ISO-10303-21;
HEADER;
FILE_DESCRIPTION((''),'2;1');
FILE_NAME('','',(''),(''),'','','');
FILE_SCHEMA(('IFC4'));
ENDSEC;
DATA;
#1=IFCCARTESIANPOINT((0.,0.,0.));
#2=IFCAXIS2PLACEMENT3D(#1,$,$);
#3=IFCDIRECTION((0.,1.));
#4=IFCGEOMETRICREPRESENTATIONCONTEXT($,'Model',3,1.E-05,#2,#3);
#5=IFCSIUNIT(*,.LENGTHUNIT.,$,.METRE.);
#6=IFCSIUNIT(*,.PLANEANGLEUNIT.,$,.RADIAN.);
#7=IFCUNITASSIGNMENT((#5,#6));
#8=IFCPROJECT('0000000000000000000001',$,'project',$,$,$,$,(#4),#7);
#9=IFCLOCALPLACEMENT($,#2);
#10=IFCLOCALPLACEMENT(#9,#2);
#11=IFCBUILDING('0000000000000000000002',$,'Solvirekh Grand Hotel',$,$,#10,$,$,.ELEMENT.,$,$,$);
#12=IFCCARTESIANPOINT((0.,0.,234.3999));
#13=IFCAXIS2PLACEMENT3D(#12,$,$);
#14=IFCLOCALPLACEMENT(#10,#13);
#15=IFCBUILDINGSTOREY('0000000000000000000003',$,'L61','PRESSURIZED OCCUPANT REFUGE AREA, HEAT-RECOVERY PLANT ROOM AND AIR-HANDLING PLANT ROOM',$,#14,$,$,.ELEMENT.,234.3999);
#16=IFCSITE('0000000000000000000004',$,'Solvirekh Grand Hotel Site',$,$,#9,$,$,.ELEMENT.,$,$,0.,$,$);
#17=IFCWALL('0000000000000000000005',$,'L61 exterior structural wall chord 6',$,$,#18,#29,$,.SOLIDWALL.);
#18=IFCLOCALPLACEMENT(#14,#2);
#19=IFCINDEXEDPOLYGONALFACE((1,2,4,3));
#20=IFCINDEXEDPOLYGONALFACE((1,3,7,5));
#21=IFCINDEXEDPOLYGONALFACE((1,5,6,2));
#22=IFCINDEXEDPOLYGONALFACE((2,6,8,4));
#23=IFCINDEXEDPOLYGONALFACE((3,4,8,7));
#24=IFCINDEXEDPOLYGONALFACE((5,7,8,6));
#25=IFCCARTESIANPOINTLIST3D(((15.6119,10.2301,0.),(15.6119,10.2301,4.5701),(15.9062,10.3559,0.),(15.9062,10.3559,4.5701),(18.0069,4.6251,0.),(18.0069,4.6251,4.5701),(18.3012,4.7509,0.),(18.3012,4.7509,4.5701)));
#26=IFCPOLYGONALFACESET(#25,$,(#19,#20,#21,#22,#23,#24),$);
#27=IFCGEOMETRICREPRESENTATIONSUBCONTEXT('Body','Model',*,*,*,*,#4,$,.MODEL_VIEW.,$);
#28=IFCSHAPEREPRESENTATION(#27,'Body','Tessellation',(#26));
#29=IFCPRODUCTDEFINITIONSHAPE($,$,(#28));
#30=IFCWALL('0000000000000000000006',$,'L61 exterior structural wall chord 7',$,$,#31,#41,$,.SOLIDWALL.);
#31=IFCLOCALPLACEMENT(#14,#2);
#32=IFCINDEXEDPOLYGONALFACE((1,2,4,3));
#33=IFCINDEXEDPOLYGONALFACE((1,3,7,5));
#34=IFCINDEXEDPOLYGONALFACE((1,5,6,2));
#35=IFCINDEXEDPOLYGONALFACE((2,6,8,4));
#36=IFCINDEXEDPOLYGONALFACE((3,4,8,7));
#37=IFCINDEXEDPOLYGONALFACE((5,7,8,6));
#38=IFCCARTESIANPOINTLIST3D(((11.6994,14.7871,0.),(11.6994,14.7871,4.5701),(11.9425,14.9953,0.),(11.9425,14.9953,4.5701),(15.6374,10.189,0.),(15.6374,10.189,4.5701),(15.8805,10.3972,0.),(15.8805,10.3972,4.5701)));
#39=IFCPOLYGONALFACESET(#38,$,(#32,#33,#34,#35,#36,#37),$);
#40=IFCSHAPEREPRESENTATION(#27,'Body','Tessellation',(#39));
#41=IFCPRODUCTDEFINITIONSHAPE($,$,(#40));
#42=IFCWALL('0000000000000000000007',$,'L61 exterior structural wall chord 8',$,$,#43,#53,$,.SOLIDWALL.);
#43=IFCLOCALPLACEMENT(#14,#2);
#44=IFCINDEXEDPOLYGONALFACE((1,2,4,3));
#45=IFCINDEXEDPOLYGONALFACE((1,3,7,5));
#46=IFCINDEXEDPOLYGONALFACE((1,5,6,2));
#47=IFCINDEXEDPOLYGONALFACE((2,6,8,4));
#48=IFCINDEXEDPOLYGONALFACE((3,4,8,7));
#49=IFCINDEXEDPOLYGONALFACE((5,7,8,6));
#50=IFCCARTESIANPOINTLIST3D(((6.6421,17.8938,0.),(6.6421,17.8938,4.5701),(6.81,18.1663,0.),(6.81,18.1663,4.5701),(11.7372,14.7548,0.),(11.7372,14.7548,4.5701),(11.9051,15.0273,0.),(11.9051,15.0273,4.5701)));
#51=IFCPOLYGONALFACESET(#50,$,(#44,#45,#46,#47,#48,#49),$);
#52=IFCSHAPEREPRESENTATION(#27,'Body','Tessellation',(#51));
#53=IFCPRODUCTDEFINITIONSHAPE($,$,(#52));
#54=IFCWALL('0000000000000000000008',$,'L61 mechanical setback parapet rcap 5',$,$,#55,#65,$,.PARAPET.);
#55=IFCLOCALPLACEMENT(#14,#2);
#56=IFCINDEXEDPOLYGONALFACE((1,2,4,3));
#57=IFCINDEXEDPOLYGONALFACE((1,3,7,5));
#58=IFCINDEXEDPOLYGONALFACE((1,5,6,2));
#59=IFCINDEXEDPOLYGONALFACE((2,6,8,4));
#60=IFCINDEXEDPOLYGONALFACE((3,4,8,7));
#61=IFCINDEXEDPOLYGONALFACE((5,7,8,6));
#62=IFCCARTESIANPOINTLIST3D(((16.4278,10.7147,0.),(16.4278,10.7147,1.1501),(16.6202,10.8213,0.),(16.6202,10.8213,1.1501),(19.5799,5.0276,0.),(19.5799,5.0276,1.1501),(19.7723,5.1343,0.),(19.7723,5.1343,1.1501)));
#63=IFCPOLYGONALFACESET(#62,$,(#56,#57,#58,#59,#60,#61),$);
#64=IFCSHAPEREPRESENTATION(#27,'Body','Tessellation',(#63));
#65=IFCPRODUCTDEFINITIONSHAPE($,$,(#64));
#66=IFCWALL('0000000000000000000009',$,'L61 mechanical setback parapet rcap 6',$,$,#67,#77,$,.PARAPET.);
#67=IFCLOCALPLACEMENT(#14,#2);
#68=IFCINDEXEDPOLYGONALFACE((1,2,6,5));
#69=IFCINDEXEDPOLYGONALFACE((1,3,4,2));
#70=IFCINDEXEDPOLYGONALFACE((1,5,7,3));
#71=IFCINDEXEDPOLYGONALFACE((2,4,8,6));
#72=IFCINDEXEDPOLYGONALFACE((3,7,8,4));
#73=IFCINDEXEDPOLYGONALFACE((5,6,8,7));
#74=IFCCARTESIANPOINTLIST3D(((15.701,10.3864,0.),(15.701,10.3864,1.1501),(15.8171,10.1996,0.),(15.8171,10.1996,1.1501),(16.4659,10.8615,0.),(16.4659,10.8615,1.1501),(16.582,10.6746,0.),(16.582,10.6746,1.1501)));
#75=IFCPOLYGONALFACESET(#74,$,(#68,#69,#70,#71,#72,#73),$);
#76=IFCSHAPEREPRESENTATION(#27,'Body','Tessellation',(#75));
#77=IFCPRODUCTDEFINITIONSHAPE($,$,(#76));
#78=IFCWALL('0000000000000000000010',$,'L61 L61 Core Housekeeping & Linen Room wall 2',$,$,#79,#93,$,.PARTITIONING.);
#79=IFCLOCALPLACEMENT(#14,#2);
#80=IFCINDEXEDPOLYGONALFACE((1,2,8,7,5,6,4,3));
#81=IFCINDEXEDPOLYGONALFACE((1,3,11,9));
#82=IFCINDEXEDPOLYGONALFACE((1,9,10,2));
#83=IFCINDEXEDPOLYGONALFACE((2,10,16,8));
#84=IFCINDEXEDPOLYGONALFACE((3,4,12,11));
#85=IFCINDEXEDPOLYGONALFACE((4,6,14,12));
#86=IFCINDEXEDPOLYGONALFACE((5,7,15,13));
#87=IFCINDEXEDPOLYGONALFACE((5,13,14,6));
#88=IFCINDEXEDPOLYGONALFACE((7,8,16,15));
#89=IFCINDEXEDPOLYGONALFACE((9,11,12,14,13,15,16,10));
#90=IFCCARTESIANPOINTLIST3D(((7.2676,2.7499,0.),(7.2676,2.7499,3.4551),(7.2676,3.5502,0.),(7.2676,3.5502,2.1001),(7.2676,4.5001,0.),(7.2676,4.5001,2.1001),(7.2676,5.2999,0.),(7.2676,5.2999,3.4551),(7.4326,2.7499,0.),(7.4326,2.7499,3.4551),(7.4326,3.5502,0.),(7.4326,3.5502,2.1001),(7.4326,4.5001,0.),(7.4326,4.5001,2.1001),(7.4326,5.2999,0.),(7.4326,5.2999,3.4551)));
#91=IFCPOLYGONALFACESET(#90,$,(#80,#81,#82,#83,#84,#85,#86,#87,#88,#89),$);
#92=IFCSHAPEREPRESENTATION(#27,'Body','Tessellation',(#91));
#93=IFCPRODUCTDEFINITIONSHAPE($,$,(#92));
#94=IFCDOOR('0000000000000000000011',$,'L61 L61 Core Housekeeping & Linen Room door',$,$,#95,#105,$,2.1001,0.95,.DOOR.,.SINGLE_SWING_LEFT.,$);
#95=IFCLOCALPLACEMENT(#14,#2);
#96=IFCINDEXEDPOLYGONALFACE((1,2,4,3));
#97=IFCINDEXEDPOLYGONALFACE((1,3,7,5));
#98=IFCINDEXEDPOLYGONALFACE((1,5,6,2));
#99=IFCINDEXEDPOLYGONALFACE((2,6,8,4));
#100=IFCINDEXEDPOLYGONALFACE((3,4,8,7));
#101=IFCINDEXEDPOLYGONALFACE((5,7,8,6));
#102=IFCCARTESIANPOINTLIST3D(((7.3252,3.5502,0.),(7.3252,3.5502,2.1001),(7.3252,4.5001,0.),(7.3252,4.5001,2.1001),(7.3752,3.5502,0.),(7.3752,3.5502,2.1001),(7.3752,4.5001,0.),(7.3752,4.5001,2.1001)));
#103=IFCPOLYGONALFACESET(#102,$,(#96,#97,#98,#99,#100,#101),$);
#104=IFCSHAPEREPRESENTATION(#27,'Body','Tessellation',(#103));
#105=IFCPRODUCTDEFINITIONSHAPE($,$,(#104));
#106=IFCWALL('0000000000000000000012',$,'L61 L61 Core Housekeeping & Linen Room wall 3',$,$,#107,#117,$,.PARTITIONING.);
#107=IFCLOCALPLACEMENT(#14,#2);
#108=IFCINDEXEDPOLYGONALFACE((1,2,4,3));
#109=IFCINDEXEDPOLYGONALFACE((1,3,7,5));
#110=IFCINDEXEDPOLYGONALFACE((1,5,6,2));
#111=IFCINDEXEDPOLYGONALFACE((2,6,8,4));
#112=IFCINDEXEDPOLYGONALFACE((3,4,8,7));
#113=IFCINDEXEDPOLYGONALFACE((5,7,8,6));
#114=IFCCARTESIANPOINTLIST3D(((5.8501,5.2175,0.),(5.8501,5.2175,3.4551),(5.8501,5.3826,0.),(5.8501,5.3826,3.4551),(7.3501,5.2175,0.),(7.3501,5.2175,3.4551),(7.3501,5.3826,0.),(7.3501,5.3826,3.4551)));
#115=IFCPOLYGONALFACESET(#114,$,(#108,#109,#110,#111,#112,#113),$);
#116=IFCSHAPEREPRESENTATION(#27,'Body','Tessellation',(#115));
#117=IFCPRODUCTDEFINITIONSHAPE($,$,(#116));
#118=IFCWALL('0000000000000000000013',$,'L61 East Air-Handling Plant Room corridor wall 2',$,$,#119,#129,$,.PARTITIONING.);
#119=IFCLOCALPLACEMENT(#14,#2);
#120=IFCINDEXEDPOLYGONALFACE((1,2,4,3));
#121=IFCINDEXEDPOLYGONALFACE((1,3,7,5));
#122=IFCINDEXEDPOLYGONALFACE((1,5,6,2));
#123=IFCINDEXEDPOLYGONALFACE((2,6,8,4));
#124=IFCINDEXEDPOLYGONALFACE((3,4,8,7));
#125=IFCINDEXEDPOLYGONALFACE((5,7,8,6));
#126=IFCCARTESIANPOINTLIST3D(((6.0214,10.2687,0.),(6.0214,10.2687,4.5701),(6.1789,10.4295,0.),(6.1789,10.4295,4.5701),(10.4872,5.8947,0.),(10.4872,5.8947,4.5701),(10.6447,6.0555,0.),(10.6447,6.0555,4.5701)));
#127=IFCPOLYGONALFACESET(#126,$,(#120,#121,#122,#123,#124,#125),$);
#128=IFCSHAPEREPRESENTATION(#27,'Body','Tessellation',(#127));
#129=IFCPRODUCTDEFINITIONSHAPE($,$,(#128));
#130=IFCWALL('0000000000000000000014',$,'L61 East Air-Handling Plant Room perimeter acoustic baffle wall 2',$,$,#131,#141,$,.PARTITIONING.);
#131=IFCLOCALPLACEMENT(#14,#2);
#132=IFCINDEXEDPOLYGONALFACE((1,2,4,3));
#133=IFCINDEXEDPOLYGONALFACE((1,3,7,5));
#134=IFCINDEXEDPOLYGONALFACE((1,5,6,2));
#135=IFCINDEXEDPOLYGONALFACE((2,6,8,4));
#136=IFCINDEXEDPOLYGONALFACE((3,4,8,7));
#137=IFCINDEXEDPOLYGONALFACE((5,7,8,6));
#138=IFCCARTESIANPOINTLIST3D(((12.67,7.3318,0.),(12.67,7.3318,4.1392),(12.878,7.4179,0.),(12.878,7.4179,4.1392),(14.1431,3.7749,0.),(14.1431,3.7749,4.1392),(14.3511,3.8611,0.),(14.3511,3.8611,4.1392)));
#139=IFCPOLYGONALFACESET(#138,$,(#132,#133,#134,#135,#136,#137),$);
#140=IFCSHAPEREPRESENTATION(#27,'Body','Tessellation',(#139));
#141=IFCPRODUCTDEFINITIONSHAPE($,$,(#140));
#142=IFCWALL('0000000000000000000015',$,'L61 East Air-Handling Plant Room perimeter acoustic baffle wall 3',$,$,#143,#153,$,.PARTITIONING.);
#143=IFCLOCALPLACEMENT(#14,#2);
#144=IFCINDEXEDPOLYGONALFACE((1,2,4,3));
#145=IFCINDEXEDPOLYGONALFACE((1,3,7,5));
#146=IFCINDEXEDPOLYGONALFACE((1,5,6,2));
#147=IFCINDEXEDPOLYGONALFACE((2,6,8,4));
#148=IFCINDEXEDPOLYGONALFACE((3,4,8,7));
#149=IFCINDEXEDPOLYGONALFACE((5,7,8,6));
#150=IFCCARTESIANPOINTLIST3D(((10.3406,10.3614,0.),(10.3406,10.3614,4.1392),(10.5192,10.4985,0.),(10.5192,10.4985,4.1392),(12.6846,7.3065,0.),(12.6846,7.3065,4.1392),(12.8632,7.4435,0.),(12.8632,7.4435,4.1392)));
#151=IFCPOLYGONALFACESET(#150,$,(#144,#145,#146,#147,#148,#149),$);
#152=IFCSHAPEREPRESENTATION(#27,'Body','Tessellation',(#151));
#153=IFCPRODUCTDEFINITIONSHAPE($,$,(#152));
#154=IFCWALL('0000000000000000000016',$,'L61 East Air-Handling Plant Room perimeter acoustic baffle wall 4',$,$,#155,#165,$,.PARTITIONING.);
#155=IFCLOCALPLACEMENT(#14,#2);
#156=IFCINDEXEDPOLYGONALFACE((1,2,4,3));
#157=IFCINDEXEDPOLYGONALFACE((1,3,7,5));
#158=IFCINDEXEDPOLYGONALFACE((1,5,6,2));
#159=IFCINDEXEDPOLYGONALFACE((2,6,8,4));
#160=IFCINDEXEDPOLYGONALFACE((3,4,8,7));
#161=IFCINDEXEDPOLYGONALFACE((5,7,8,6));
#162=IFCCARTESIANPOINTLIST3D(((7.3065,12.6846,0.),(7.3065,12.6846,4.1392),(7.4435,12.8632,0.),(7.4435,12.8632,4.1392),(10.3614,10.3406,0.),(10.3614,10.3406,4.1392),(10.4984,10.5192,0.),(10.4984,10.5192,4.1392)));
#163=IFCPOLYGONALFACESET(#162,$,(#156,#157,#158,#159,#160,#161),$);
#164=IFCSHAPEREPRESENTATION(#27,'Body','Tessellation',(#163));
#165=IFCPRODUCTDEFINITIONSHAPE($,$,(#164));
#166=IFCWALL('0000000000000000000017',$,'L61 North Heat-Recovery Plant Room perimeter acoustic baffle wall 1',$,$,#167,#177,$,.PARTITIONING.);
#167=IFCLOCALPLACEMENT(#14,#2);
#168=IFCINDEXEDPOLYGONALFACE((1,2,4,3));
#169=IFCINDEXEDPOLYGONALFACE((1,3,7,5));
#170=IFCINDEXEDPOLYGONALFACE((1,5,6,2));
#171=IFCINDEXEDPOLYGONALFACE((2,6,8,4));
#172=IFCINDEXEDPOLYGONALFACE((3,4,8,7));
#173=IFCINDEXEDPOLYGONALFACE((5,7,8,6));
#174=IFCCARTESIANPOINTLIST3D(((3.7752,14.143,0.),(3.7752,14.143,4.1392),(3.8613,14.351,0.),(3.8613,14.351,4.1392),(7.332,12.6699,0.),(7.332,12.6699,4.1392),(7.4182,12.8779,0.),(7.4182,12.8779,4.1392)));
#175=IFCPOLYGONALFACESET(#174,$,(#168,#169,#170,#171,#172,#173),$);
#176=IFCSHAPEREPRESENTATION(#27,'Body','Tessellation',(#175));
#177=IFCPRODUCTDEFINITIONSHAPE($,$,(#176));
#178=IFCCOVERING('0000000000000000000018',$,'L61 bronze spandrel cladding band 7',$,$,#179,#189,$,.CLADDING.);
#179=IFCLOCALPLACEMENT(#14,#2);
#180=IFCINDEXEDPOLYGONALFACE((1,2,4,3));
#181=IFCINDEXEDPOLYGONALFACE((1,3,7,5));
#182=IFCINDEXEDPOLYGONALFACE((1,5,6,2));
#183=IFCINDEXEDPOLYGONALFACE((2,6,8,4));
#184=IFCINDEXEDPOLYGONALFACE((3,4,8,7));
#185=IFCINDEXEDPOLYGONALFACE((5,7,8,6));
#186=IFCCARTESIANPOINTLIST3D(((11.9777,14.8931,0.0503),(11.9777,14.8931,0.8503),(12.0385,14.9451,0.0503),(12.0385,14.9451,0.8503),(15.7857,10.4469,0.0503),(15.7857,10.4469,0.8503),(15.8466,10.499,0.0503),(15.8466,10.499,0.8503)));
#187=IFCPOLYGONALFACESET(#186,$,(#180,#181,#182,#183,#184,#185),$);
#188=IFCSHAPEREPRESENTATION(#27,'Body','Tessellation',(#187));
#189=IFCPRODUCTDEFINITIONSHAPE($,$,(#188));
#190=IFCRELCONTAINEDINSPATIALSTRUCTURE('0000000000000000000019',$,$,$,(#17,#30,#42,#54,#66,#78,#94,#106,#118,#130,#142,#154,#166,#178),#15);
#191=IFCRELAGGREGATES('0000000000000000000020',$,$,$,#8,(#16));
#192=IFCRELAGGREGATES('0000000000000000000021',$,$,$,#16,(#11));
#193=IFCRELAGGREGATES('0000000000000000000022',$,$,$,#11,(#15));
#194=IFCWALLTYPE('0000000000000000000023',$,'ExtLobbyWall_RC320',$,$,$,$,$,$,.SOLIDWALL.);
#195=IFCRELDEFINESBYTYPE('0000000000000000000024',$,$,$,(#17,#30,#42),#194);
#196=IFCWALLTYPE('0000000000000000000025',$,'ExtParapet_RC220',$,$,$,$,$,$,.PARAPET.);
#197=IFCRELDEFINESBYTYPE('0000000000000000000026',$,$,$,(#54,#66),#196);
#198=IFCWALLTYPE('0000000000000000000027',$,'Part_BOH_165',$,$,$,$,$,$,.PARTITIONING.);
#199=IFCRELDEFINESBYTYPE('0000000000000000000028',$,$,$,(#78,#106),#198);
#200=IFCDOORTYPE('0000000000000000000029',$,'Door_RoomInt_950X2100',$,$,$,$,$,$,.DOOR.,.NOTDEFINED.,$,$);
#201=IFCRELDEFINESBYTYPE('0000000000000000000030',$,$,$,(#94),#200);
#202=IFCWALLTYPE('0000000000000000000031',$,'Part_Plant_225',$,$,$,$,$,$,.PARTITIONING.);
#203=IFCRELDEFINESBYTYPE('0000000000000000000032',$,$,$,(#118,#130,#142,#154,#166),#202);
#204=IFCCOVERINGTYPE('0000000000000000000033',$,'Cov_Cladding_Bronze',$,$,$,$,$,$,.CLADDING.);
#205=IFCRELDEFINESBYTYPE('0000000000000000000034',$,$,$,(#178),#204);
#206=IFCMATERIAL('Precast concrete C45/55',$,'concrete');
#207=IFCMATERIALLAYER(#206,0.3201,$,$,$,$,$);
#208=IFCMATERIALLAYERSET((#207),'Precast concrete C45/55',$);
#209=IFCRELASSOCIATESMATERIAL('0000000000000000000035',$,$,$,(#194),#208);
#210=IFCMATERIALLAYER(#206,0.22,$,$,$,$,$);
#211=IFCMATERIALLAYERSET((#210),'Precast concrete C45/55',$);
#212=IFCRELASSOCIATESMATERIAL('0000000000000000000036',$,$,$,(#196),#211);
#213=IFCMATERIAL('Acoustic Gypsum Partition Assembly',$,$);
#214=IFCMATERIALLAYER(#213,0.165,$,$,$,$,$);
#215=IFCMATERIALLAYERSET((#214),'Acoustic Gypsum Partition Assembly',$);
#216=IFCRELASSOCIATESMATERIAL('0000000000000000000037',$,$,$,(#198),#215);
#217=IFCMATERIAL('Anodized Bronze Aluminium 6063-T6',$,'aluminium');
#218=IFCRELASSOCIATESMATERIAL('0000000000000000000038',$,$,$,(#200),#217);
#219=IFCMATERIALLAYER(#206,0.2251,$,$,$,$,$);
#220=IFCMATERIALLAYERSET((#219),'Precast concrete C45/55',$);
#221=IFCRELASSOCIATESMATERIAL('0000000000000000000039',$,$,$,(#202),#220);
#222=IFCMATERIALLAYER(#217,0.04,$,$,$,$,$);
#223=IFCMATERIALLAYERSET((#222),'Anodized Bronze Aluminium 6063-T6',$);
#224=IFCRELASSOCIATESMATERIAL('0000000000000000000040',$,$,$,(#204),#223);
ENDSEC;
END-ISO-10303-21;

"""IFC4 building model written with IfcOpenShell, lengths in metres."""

from ifc_helpers import new_model, si_unit, direction, frame, frame_2d, origin, origin_2d, place, context, subcontext, project, spatial, rectangle, extrude, material, layer, layer_set, type_object, element, fill, save


model = new_model("IFC4")

# Units and contexts
model_context = context("Model", 3, precision=1e-05, world=origin(), true_north=direction((0.0, 1.0)))
body_context = subcontext(model_context, "Body", "Model", "MODEL_VIEW")
ifc_project = project(units=[si_unit("LENGTHUNIT", "METRE"), si_unit("PLANEANGLEUNIT", "RADIAN")], contexts=[model_context])

# Site, building, storey
site_placement = place(None, origin())
site = spatial("IfcSite", under=ifc_project, at=site_placement, Name="Solvirekh Grand Hotel Site", CompositionType="ELEMENT", RefElevation=0.0)
building_placement = place(site_placement, origin())
building = spatial("IfcBuilding", under=site, at=building_placement, Name="Solvirekh Grand Hotel", CompositionType="ELEMENT")
storey_placement = place(building_placement, frame((0.0, 0.0, 234.3999)))
storey = spatial("IfcBuildingStorey", under=building, at=storey_placement, Name="L61", Description="PRESSURIZED OCCUPANT REFUGE AREA, HEAT-RECOVERY PLANT ROOM AND AIR-HANDLING PLANT ROOM", CompositionType="ELEMENT", Elevation=234.3999)

# Walls
ifc_material_1 = material(Name="Precast concrete C45/55", Category="concrete")
ifc_layer_1 = layer(ifc_material_1, 0.3201)
ifc_layer_set_1 = layer_set([ifc_layer_1], Name="Precast concrete C45/55")
wall_type_1 = type_object("IfcWallType", Name="ExtLobbyWall_RC320", PredefinedType="SOLIDWALL", material=ifc_layer_set_1)
wall_1_placement = place(storey_placement, frame((15.759, 10.293, 0.0), z_axis=(0.0, 0.0, 1.0), x_axis=(0.392933, -0.919567, 0.0)))
element("IfcWall", 1, at=wall_1_placement, inside=storey, type_object=wall_type_1, Name="L61 exterior structural wall chord 6", PredefinedType="SOLIDWALL", context=body_context, shape_type="SweptSolid", body=[
    extrude(rectangle(XDim=6.0952, YDim=0.3201, at=frame_2d((3.0476, 0.0))), origin(), (0.0, 0.0, 1.0), 4.5701),
])
wall_2_placement = place(storey_placement, frame((11.821, 14.8911, 0.0), z_axis=(0.0, 0.0, 1.0), x_axis=(0.650479, -0.759524, 0.0)))
element("IfcWall", 2, at=wall_2_placement, inside=storey, type_object=wall_type_1, Name="L61 exterior structural wall chord 7", PredefinedType="SOLIDWALL", context=body_context, shape_type="SweptSolid", body=[
    extrude(rectangle(XDim=6.054, YDim=0.3201, at=frame_2d((3.0269, 0.0))), origin(), (0.0, 0.0, 1.0), 4.5701),
])
wall_3_placement = place(storey_placement, frame((6.7261, 18.03, 0.0), z_axis=(0.0, 0.0, 1.0), x_axis=(0.851393, -0.524528, 0.0)))
element("IfcWall", 3, at=wall_3_placement, inside=storey, type_object=wall_type_1, Name="L61 exterior structural wall chord 8", PredefinedType="SOLIDWALL", context=body_context, shape_type="SweptSolid", body=[
    extrude(rectangle(XDim=5.9844, YDim=0.3201, at=frame_2d((2.9922, 0.0))), origin(), (0.0, 0.0, 1.0), 4.5701),
])
ifc_layer_2 = layer(ifc_material_1, 0.22)
ifc_layer_set_2 = layer_set([ifc_layer_2], Name="Precast concrete C45/55")
wall_type_2 = type_object("IfcWallType", Name="ExtParapet_RC220", PredefinedType="PARAPET", material=ifc_layer_set_2)
wall_4_placement = place(storey_placement, frame((19.676, 5.0811, 0.0), z_axis=(0.0, 0.0, 1.0), x_axis=(-0.484779, 0.874637, 0.0)))
element("IfcWall", 4, at=wall_4_placement, inside=storey, type_object=wall_type_2, Name="L61 mechanical setback parapet rcap 5", PredefinedType="PARAPET", context=body_context, shape_type="SweptSolid", body=[
    extrude(rectangle(XDim=6.5022, YDim=0.22, at=frame_2d((3.251, 0.0))), origin(), (0.0, 0.0, 1.0), 1.1501),
])
wall_5_placement = place(storey_placement, frame((16.5239, 10.7681, 0.0), z_axis=(0.0, 0.0, 1.0), x_axis=(-0.849473, -0.527633, 0.0)))
element("IfcWall", 5, at=wall_5_placement, inside=storey, type_object=wall_type_2, Name="L61 mechanical setback parapet rcap 6", PredefinedType="PARAPET", context=body_context, shape_type="SweptSolid", body=[
    extrude(rectangle(XDim=0.9004, YDim=0.22, at=frame_2d((0.4502, 0.0))), origin(), (0.0, 0.0, 1.0), 1.1501),
])

# Wall, opening, door
ifc_material_2 = material(Name="Acoustic Gypsum Partition Assembly")
ifc_layer_3 = layer(ifc_material_2, 0.165)
ifc_layer_set_3 = layer_set([ifc_layer_3], Name="Acoustic Gypsum Partition Assembly")
wall_type_3 = type_object("IfcWallType", Name="Part_BOH_165", PredefinedType="PARTITIONING", material=ifc_layer_set_3)
wall_6_placement = place(storey_placement, frame((7.3501, 2.75, 0.0), z_axis=(0.0, 0.0, 1.0), x_axis=(0.0, 1.0, 0.0)))
wall_6 = element("IfcWall", 6, at=wall_6_placement, inside=storey, type_object=wall_type_3, Name="L61 L61 Core Housekeeping & Linen Room wall 2", PredefinedType="PARTITIONING", context=body_context, shape_type="SweptSolid", body=[
    extrude(rectangle(XDim=2.55, YDim=0.165, at=frame_2d((1.2749, 0.0))), origin(), (0.0, 0.0, 1.0), 3.4551),
])
opening_placement = place(wall_6_placement, frame((0.8, 0.0, 0.0)))
opening = element("IfcOpeningElement", 7, at=opening_placement, cuts=wall_6, PredefinedType="OPENING", context=body_context, shape_type="SweptSolid", body=[
    extrude(rectangle(XDim=0.95, YDim=2.1001, at=frame_2d((0.4751, 1.05))), frame((0.0, 0.0925, 0.0), z_axis=(0.0, -1.0, 0.0), x_axis=(1.0, 0.0, 0.0)), (0.0, 0.0, 1.0), 0.1851),
])
ifc_material_3 = material(Name="Anodized Bronze Aluminium 6063-T6", Category="aluminium")
door_type = type_object("IfcDoorType", Name="Door_RoomInt_950X2100", OperationType="NOTDEFINED", PredefinedType="DOOR", material=ifc_material_3)
door_placement = place(opening_placement, origin())
door = element("IfcDoor", 8, at=door_placement, inside=storey, type_object=door_type, Name="L61 L61 Core Housekeeping & Linen Room door", OperationType="SINGLE_SWING_LEFT", OverallHeight=2.1001, OverallWidth=0.95, PredefinedType="DOOR", context=body_context, shape_type="SweptSolid", body=[
    extrude(rectangle(XDim=0.95, YDim=2.1001, at=frame_2d((0.4751, 1.05))), frame((0.0, 0.0249, 0.0), z_axis=(0.0, -1.0, 0.0), x_axis=(1.0, 0.0, 0.0)), (0.0, 0.0, 1.0), 0.05),
])
fill(opening, door)

# Walls
wall_7_placement = place(storey_placement, frame((7.3501, 5.3, 0.0), z_axis=(0.0, 0.0, 1.0), x_axis=(-1.0, 0.0, 0.0)))
element("IfcWall", 9, at=wall_7_placement, inside=storey, type_object=wall_type_3, Name="L61 L61 Core Housekeeping & Linen Room wall 3", PredefinedType="PARTITIONING", context=body_context, shape_type="SweptSolid", body=[
    extrude(rectangle(XDim=1.5, YDim=0.165, at=frame_2d((0.75, 0.0))), origin(), (0.0, 0.0, 1.0), 3.4551),
])
ifc_layer_4 = layer(ifc_material_1, 0.2251)
ifc_layer_set_4 = layer_set([ifc_layer_4], Name="Precast concrete C45/55")
wall_type_4 = type_object("IfcWallType", Name="Part_Plant_225", PredefinedType="PARTITIONING", material=ifc_layer_set_4)
wall_8_placement = place(storey_placement, frame((10.5659, 5.9751, 0.0), z_axis=(0.0, 0.0, 1.0), x_axis=(-0.714411, 0.699726, 0.0)))
element("IfcWall", 10, at=wall_8_placement, inside=storey, type_object=wall_type_4, Name="L61 East Air-Handling Plant Room corridor wall 2", PredefinedType="PARTITIONING", context=body_context, shape_type="SweptSolid", body=[
    extrude(rectangle(XDim=6.251, YDim=0.2251, at=frame_2d((3.1255, 0.0))), origin(), (0.0, 0.0, 1.0), 4.5701),
])
wall_9_placement = place(storey_placement, frame((14.2471, 3.8181, 0.0), z_axis=(0.0, 0.0, 1.0), x_axis=(-0.382647, 0.923895, 0.0)))
element("IfcWall", 11, at=wall_9_placement, inside=storey, type_object=wall_type_4, Name="L61 East Air-Handling Plant Room perimeter acoustic baffle wall 2", PredefinedType="PARTITIONING", context=body_context, shape_type="SweptSolid", body=[
    extrude(rectangle(XDim=3.8499, YDim=0.2251, at=frame_2d((1.9248, 0.0))), origin(), (0.0, 0.0, 1.0), 4.1392),
])
for number, where, z_axis, x_axis, name in (
    (12, (12.7739, 7.375, 0.0), (0.0, 0.0, 1.0), (-0.608739, 0.793371, 0.0), "L61 East Air-Handling Plant Room perimeter acoustic baffle wall 3"),
    (13, (10.4299, 10.4299, 0.0), (0.0, 0.0, 1.0), (-0.793371, 0.608739, 0.0), "L61 East Air-Handling Plant Room perimeter acoustic baffle wall 4"),
):
    element("IfcWall", number, at=place(storey_placement, frame(where, z_axis=z_axis, x_axis=x_axis)), inside=storey, type_object=wall_type_4, Name=name, PredefinedType="PARTITIONING", context=body_context, shape_type="SweptSolid", body=[
        extrude(rectangle(XDim=3.8506, YDim=0.2251, at=frame_2d((1.9253, 0.0))), origin(), (0.0, 0.0, 1.0), 4.1392),
    ])
wall_10_placement = place(storey_placement, frame((7.375, 12.7739, 0.0), z_axis=(0.0, 0.0, 1.0), x_axis=(-0.923895, 0.382647, 0.0)))
element("IfcWall", 14, at=wall_10_placement, inside=storey, type_object=wall_type_4, Name="L61 North Heat-Recovery Plant Room perimeter acoustic baffle wall 1", PredefinedType="PARTITIONING", context=body_context, shape_type="SweptSolid", body=[
    extrude(rectangle(XDim=3.8499, YDim=0.2251, at=frame_2d((1.9248, 0.0))), origin(), (0.0, 0.0, 1.0), 4.1392),
])

# Covering
ifc_layer_5 = layer(ifc_material_3, 0.04)
ifc_layer_set_5 = layer_set([ifc_layer_5], Name="Anodized Bronze Aluminium 6063-T6")
covering_type = type_object("IfcCoveringType", Name="Cov_Cladding_Bronze", PredefinedType="CLADDING", material=ifc_layer_set_5)
covering_placement = place(storey_placement, frame((13.9121, 12.696, 0.0503), z_axis=(0.0, 0.0, 1.0), x_axis=(0.650509, -0.759498, 0.0)))
element("IfcCovering", 15, at=covering_placement, inside=storey, type_object=covering_type, Name="L61 bronze spandrel cladding band 7", PredefinedType="CLADDING", context=body_context, shape_type="SweptSolid", body=[
    extrude(rectangle(XDim=5.854, YDim=0.0801, at=origin_2d()), origin(), (0.0, 0.0, 1.0), 0.8),
])

save(model, "model.ifc")
